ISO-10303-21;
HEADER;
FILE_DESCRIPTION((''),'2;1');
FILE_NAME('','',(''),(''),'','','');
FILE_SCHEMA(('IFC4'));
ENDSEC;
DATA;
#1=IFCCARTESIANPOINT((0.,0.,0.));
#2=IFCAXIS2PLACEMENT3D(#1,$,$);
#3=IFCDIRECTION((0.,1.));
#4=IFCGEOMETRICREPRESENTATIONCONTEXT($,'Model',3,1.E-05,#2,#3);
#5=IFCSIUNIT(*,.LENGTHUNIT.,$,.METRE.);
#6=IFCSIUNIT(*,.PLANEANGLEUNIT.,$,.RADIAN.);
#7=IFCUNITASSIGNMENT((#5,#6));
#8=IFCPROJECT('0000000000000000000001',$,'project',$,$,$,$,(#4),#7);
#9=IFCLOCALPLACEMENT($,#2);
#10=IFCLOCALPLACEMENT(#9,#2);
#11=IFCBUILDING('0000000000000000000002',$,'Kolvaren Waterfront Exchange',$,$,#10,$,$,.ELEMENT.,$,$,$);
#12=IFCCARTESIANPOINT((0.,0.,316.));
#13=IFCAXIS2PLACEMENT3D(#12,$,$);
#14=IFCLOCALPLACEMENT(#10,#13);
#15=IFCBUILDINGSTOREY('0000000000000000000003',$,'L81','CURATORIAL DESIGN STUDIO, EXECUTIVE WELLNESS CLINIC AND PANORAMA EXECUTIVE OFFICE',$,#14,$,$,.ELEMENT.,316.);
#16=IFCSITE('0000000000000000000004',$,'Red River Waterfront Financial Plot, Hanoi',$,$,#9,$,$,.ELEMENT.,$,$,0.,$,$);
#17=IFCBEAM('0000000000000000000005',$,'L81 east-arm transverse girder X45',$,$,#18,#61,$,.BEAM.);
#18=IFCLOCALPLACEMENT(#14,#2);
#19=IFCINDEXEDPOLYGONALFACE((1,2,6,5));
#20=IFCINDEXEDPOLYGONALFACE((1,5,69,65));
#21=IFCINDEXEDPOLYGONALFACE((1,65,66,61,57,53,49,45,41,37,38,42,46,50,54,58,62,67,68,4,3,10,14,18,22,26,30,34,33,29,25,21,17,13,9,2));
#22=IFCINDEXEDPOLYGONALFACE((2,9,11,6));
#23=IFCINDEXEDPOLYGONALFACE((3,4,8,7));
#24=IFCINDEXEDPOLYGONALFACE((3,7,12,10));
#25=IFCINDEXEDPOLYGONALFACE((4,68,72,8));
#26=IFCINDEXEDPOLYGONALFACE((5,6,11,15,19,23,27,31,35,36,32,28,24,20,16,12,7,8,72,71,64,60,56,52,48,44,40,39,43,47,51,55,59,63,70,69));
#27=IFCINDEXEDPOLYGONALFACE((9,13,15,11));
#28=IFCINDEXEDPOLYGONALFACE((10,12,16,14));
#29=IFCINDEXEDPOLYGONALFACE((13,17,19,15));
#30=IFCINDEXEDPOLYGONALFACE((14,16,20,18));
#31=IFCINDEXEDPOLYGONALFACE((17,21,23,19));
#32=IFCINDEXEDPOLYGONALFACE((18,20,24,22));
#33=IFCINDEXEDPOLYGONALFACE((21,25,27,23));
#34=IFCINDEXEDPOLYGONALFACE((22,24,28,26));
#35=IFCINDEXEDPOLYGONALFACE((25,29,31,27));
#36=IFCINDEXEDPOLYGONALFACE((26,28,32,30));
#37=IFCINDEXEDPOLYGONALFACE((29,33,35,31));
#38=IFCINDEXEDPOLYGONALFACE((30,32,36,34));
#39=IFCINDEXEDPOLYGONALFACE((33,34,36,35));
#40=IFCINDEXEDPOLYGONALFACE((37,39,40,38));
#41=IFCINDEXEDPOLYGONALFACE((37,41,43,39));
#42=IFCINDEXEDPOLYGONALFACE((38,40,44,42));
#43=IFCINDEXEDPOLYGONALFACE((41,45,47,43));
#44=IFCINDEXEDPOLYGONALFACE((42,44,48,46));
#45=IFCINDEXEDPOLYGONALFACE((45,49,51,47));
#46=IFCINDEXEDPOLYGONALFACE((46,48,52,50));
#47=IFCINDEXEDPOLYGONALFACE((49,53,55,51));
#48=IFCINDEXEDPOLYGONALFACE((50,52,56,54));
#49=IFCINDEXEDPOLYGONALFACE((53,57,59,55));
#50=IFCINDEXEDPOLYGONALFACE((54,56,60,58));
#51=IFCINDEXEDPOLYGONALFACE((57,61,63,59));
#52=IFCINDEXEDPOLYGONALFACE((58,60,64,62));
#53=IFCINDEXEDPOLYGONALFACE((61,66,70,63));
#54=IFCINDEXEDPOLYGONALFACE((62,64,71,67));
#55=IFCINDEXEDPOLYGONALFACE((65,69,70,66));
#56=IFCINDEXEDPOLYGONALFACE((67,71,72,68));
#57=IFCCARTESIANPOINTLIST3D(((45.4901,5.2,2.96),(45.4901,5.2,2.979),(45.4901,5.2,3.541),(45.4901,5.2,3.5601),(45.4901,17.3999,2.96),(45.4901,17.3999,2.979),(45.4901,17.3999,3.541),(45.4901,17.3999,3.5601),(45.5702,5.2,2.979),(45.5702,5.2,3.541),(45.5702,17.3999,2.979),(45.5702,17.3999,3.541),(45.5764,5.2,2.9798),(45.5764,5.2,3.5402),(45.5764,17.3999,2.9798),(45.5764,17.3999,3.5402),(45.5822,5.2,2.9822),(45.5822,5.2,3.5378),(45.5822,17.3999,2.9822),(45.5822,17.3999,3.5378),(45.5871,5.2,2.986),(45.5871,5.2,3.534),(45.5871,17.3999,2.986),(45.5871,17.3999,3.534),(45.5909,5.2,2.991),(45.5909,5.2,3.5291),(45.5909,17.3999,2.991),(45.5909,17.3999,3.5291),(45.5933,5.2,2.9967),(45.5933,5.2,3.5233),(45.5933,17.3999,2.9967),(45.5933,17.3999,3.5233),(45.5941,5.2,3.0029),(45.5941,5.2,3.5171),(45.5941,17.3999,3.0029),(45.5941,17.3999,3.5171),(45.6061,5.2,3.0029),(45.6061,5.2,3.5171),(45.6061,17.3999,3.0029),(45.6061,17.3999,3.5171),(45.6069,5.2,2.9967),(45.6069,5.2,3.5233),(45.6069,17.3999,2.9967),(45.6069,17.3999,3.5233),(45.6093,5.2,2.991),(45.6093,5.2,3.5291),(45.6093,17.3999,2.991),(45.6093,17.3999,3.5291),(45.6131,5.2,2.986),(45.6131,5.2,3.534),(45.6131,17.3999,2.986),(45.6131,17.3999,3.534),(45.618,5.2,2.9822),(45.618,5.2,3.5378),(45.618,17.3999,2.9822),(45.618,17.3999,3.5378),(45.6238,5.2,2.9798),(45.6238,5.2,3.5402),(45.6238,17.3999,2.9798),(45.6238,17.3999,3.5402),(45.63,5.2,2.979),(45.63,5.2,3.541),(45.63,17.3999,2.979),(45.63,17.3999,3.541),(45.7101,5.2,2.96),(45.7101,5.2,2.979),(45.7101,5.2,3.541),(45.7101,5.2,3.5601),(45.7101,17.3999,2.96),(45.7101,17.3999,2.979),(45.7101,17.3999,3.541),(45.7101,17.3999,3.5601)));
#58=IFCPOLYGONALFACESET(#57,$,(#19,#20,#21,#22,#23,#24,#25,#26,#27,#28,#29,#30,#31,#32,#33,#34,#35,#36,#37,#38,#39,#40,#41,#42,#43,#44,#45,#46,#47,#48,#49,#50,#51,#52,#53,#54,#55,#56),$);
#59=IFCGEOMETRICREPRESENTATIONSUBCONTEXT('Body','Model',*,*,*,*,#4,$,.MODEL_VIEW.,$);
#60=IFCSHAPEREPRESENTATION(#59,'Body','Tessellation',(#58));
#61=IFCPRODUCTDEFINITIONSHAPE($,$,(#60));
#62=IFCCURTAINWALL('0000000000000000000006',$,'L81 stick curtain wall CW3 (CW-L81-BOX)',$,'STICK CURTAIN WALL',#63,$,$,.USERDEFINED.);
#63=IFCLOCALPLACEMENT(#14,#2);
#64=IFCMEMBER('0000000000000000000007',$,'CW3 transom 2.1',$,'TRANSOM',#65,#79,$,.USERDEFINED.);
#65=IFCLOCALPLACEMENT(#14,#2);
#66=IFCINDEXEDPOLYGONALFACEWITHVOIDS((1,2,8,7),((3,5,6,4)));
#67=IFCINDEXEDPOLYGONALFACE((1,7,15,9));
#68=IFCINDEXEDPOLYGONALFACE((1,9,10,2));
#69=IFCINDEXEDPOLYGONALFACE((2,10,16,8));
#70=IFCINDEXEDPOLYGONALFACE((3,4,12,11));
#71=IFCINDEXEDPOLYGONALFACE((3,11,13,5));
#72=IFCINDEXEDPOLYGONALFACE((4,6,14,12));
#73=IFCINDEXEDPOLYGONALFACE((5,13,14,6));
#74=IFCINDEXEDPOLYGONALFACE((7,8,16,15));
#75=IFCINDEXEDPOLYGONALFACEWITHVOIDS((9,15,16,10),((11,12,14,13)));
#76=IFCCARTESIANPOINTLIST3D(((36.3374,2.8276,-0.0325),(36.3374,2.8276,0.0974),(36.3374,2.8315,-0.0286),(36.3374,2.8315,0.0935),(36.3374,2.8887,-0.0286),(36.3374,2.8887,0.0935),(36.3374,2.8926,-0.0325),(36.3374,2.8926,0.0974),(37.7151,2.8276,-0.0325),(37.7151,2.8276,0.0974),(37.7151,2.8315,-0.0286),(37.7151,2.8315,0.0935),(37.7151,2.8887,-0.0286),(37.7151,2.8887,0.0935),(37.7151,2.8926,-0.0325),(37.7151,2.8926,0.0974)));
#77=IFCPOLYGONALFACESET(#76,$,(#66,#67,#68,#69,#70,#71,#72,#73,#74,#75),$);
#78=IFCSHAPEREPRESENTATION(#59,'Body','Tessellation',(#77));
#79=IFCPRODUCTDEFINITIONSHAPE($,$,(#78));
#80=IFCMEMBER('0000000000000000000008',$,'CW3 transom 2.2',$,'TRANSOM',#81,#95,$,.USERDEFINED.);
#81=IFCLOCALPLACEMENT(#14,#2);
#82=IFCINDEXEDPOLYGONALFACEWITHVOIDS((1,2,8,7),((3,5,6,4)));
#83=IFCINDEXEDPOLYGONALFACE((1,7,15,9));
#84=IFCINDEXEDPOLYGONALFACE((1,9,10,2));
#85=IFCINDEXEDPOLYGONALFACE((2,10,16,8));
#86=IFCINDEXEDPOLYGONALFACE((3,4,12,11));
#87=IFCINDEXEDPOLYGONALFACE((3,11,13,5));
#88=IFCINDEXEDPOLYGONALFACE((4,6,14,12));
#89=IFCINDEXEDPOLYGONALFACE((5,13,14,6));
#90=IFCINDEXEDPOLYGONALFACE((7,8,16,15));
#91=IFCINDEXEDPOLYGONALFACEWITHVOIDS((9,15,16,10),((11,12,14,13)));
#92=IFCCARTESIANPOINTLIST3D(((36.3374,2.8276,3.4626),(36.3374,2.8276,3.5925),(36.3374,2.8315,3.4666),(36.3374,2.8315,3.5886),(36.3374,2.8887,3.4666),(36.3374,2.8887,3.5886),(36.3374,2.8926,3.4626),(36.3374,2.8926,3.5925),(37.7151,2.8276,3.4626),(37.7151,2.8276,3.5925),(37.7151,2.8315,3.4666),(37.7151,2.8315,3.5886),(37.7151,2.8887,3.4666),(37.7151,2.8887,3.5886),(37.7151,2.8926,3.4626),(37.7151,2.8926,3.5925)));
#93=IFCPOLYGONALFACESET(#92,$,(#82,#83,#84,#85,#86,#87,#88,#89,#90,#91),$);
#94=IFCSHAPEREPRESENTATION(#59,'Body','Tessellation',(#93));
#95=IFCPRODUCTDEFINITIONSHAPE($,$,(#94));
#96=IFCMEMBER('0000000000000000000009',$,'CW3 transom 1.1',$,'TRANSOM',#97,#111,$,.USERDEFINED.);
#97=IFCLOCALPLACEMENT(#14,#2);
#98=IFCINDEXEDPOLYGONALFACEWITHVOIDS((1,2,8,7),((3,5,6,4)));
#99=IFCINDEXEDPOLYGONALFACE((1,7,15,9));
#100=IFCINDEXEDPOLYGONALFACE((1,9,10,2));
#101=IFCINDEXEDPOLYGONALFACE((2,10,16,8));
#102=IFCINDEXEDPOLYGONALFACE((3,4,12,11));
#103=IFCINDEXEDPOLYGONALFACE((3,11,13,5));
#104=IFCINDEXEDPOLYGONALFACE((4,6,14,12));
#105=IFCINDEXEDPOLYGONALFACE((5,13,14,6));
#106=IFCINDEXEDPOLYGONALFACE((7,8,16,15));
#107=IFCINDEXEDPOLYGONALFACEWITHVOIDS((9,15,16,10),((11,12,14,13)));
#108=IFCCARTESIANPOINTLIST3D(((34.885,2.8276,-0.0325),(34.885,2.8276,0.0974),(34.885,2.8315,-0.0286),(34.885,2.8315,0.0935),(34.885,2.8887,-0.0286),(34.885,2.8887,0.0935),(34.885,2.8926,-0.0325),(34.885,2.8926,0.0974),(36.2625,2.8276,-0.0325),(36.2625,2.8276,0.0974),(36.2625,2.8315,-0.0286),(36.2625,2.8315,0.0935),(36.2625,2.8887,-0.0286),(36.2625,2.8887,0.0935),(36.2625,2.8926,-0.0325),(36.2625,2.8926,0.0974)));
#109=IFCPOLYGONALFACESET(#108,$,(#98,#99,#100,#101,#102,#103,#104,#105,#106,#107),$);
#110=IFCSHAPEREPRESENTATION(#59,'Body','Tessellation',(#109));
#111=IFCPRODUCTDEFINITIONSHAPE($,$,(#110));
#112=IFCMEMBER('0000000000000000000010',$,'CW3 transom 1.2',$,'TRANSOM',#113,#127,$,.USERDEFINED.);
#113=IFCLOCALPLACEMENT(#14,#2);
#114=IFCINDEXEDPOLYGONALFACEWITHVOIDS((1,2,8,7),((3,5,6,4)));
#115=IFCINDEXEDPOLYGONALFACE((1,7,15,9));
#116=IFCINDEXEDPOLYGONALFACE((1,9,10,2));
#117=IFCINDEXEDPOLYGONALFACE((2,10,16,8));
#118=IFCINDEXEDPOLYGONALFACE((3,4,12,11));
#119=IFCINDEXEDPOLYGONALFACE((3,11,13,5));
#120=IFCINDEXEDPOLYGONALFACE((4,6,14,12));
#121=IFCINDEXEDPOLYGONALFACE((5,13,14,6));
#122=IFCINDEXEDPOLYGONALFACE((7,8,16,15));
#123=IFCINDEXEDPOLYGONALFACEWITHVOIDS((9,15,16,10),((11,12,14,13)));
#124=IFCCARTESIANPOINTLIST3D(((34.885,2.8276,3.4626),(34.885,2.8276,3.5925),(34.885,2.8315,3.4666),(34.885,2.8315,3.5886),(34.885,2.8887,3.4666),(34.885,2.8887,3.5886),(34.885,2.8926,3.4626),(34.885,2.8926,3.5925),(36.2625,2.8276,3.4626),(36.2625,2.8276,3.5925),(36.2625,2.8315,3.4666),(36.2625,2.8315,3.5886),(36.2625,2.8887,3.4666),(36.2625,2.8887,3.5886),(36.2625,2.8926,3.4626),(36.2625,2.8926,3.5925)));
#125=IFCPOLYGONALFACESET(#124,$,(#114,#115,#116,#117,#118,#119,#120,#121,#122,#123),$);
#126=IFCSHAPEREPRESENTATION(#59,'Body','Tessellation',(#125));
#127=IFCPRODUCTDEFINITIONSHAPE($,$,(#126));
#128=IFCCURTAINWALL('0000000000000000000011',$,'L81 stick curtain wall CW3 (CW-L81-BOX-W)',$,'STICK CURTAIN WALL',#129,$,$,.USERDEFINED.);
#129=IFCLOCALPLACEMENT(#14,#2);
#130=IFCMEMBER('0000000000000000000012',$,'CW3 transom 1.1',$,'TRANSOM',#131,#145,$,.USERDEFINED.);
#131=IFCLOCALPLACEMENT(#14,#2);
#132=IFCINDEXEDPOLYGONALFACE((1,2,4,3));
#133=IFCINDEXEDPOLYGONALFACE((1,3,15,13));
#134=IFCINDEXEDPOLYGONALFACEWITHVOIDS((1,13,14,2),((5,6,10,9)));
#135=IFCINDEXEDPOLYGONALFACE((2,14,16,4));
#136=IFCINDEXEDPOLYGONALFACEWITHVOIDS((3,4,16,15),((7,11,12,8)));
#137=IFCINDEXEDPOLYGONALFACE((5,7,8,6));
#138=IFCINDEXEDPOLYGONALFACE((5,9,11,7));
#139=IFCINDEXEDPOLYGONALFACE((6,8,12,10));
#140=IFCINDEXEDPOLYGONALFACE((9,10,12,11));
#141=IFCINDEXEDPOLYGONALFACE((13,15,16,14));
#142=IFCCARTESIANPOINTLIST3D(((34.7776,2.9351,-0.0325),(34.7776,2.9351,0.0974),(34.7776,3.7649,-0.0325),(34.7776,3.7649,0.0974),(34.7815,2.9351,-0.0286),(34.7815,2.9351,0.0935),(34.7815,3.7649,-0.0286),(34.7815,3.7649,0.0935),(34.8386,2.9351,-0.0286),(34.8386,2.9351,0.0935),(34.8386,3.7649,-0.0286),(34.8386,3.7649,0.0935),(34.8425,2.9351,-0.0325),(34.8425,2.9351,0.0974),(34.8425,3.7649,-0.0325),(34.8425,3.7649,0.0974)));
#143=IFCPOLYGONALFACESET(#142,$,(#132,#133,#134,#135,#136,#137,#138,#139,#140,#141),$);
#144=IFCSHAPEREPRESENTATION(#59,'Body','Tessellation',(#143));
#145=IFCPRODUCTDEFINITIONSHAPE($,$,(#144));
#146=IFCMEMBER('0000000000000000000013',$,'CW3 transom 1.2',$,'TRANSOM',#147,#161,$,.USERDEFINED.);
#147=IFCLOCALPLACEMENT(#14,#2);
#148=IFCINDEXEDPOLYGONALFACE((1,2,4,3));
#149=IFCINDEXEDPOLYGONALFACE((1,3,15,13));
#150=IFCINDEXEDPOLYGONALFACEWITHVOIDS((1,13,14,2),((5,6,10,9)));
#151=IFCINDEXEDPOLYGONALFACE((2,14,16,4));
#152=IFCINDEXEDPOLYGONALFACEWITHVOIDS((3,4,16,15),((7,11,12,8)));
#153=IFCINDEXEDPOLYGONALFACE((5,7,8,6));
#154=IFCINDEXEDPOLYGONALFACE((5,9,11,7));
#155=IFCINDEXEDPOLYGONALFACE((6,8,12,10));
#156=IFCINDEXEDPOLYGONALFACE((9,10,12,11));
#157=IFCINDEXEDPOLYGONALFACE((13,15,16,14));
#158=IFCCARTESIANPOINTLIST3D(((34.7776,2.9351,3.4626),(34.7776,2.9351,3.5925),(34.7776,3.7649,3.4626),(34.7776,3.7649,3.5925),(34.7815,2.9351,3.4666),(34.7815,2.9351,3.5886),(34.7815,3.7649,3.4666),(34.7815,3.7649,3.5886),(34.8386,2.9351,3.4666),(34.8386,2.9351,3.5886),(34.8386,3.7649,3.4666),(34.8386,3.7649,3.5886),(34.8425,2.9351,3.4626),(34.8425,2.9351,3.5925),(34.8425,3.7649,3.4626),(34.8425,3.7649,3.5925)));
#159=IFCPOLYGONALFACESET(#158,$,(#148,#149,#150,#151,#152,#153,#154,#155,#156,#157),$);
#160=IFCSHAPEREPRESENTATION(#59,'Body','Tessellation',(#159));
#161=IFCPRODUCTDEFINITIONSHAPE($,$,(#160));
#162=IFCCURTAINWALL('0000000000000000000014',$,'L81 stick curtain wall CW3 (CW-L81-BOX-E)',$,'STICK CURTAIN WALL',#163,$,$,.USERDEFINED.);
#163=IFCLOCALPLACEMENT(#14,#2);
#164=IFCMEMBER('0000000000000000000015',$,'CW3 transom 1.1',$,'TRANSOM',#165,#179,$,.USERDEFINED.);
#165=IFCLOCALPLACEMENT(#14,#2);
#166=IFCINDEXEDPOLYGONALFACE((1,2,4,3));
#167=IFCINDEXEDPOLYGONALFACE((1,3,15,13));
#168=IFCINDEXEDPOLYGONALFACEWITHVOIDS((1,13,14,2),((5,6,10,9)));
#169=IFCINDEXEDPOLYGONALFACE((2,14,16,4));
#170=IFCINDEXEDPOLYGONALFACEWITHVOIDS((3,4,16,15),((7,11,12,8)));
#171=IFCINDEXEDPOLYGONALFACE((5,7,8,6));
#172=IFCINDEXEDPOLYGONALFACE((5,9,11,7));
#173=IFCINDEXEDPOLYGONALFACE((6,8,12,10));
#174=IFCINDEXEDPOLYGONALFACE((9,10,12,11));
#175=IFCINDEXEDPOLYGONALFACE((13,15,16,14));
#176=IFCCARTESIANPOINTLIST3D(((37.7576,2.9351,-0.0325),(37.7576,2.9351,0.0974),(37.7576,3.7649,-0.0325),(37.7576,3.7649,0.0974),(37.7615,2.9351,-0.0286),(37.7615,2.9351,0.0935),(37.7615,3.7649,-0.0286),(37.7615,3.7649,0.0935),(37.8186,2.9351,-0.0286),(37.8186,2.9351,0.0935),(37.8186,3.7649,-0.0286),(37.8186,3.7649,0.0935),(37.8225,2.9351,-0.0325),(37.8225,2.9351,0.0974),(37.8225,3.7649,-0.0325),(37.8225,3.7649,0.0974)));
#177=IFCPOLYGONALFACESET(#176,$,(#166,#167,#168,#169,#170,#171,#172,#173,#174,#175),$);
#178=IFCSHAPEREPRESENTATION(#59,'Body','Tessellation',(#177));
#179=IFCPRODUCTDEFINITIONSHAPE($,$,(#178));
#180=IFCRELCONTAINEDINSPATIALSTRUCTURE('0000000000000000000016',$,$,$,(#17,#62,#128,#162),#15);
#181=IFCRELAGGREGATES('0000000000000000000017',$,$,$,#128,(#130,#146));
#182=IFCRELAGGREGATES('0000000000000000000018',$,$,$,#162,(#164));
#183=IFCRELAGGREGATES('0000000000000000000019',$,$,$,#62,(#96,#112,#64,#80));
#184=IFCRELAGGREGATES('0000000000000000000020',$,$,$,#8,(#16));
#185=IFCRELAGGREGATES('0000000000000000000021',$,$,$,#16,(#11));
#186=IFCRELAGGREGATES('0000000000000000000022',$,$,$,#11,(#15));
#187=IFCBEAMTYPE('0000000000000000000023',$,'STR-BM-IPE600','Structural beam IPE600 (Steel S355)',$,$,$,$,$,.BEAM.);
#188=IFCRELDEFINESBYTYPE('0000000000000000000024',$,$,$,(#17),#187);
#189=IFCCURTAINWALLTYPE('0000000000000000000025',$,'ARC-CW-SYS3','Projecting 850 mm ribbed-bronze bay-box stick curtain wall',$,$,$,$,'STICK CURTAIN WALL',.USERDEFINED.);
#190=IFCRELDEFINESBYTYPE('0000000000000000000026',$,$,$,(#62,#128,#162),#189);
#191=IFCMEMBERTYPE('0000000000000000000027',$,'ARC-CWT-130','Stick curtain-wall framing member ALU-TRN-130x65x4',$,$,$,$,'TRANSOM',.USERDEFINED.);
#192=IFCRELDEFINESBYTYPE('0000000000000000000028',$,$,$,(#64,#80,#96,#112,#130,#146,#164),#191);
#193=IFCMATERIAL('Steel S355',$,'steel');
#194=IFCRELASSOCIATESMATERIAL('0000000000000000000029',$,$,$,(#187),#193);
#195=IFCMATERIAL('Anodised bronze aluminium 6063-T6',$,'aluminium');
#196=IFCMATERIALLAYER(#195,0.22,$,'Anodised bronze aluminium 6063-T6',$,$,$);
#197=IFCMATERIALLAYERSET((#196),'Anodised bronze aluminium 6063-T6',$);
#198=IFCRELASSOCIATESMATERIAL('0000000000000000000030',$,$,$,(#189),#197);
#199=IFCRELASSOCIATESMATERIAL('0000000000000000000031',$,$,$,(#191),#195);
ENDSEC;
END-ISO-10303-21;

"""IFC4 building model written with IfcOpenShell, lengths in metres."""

from ifc_helpers import new_model, si_unit, direction, frame, origin, origin_with_axes, origin_2d, place, context, subcontext, project, spatial, hollow_rectangle, i_section, extrude, source, transform, mapped, material, layer, layer_set, material_profile, profile_set, type_object, element, aggregate, save


model = new_model("IFC4")

# Units and contexts
model_context = context("Model", 3, precision=1e-05, world=origin(), true_north=direction((0.0, 1.0)))
body_context = subcontext(model_context, "Body", "Model", "MODEL_VIEW")
ifc_project = project(units=[si_unit("LENGTHUNIT", "METRE"), si_unit("PLANEANGLEUNIT", "RADIAN")], contexts=[model_context])

# Site, building, storey
site_placement = place(None, origin())
site = spatial("IfcSite", under=ifc_project, at=site_placement, Name="Red River Waterfront Financial Plot, Hanoi", CompositionType="ELEMENT", RefElevation=0.0)
building_placement = place(site_placement, origin())
building = spatial("IfcBuilding", under=site, at=building_placement, Name="Kolvaren Waterfront Exchange", CompositionType="ELEMENT")
storey_placement = place(building_placement, frame((0.0, 0.0, 316.0)))
storey = spatial("IfcBuildingStorey", under=building, at=storey_placement, Name="L81", Description="CURATORIAL DESIGN STUDIO, EXECUTIVE WELLNESS CLINIC AND PANORAMA EXECUTIVE OFFICE", CompositionType="ELEMENT", Elevation=316.0)

# Beam
ifc_material_1 = material(Name="Steel S355", Category="steel")
ifc_material_profile_1 = material_profile(ifc_material_1, i_section(OverallWidth=0.22, OverallDepth=0.6001, WebThickness=0.012, FlangeThickness=0.019, FilletRadius=0.0239, at=origin_2d()), Name="IPE600")
ifc_profile_set_1 = profile_set([ifc_material_profile_1], Name="Steel S355")
beam_type_1 = type_object("IfcBeamType", Name="STR-BM-IPE600", Description="Structural beam IPE600 (Steel S355)", PredefinedType="BEAM", material=ifc_profile_set_1)
for number, where, z_axis, x_axis, name in (
    (1, (45.6001, 5.2, 3.26), (0.0, 1.0, 0.0), (-1.0, 0.0, 0.0), "L81 east-arm transverse girder X45"),
):
    element("IfcBeam", number, at=place(storey_placement, frame(where, z_axis=z_axis, x_axis=x_axis)), inside=storey, type_object=beam_type_1, Name=name, PredefinedType="BEAM", context=body_context, shape_type="SweptSolid", body=[
        extrude(i_section(OverallWidth=0.22, OverallDepth=0.6001, WebThickness=0.012, FlangeThickness=0.019, FilletRadius=0.0239, at=origin_2d()), origin(), (0.0, 0.0, 1.0), 12.2),
    ])

# Curtain walls, members
ifc_material_2 = material(Name="Anodised bronze aluminium 6063-T6", Category="aluminium")
ifc_layer_1 = layer(ifc_material_2, 0.22, Name="Anodised bronze aluminium 6063-T6")
ifc_layer_set_1 = layer_set([ifc_layer_1], Name="Anodised bronze aluminium 6063-T6")
curtain_wall_type_1 = type_object("IfcCurtainWallType", Name="ARC-CW-SYS3", Description="Projecting 850 mm ribbed-bronze bay-box stick curtain wall", ElementType="STICK CURTAIN WALL", PredefinedType="USERDEFINED", material=ifc_layer_set_1)
curtain_wall_1_placement = place(storey_placement, origin())
curtain_wall_1 = element("IfcCurtainWall", 2, at=curtain_wall_1_placement, inside=storey, type_object=curtain_wall_type_1, Name="L81 stick curtain wall CW3 (CW-L81-BOX)", ObjectType="STICK CURTAIN WALL", PredefinedType="USERDEFINED")
ifc_material_profile_2 = material_profile(ifc_material_2, hollow_rectangle(XDim=0.0649, YDim=0.1299, WallThickness=0.0039, at=origin_2d()), Name="ALU-TRN-130x65x4")
ifc_profile_set_2 = profile_set([ifc_material_profile_2], Name="Anodised bronze aluminium 6063-T6")
member_type_1 = type_object("IfcMemberType", Name="ARC-CWT-130", Description="Stick curtain-wall framing member ALU-TRN-130x65x4", ElementType="TRANSOM", PredefinedType="USERDEFINED", material=ifc_profile_set_2)
shared_shape_1 = source(origin_with_axes(), body_context, "Body", "SweptSolid", [
    extrude(hollow_rectangle(XDim=0.0649, YDim=0.1299, WallThickness=0.0039, at=origin_2d()), origin(), (0.0, 0.0, 1.0), 1.3777),
])
member_1_placement = place(storey_placement, frame((36.3374, 2.8601, 0.0325), z_axis=(1.0, 0.0, 0.0), x_axis=(0.0, 1.0, 0.0)))
member_1 = element("IfcMember", 3, at=member_1_placement, type_object=member_type_1, Name="CW3 transom 2.1", ObjectType="TRANSOM", PredefinedType="USERDEFINED", context=body_context, shape_type="MappedRepresentation", body=[
    mapped(shared_shape_1, transform((0.0, 0.0, 0.0), x_axis=(1.0, 0.0, 0.0), y_axis=(0.0, 1.0, 0.0), z_axis=(0.0, 0.0, 1.0), scale=1.0)),
])
member_2_placement = place(storey_placement, frame((36.3374, 2.8601, 3.5276), z_axis=(1.0, 0.0, 0.0), x_axis=(0.0, 1.0, 0.0)))
member_2 = element("IfcMember", 4, at=member_2_placement, type_object=member_type_1, Name="CW3 transom 2.2", ObjectType="TRANSOM", PredefinedType="USERDEFINED", context=body_context, shape_type="MappedRepresentation", body=[
    mapped(shared_shape_1, transform((0.0, 0.0, 0.0), x_axis=(1.0, 0.0, 0.0), y_axis=(0.0, 1.0, 0.0), z_axis=(0.0, 0.0, 1.0), scale=1.0)),
])
shared_shape_2 = source(origin_with_axes(), body_context, "Body", "SweptSolid", [
    extrude(hollow_rectangle(XDim=0.0649, YDim=0.1299, WallThickness=0.0039, at=origin_2d()), origin(), (0.0, 0.0, 1.0), 1.3774),
])
member_3_placement = place(storey_placement, frame((34.885, 2.8601, 0.0325), z_axis=(1.0, 0.0, 0.0), x_axis=(0.0, 1.0, 0.0)))
member_3 = element("IfcMember", 5, at=member_3_placement, type_object=member_type_1, Name="CW3 transom 1.1", ObjectType="TRANSOM", PredefinedType="USERDEFINED", context=body_context, shape_type="MappedRepresentation", body=[
    mapped(shared_shape_2, transform((0.0, 0.0, 0.0), x_axis=(1.0, 0.0, 0.0), y_axis=(0.0, 1.0, 0.0), z_axis=(0.0, 0.0, 1.0), scale=1.0)),
])
member_4_placement = place(storey_placement, frame((34.885, 2.8601, 3.5276), z_axis=(1.0, 0.0, 0.0), x_axis=(0.0, 1.0, 0.0)))
member_4 = element("IfcMember", 6, at=member_4_placement, type_object=member_type_1, Name="CW3 transom 1.2", ObjectType="TRANSOM", PredefinedType="USERDEFINED", context=body_context, shape_type="MappedRepresentation", body=[
    mapped(shared_shape_2, transform((0.0, 0.0, 0.0), x_axis=(1.0, 0.0, 0.0), y_axis=(0.0, 1.0, 0.0), z_axis=(0.0, 0.0, 1.0), scale=1.0)),
])
curtain_wall_2_placement = place(storey_placement, origin())
curtain_wall_2 = element("IfcCurtainWall", 7, at=curtain_wall_2_placement, inside=storey, type_object=curtain_wall_type_1, Name="L81 stick curtain wall CW3 (CW-L81-BOX-W)", ObjectType="STICK CURTAIN WALL", PredefinedType="USERDEFINED")
shared_shape_3 = source(origin_with_axes(), body_context, "Body", "SweptSolid", [
    extrude(hollow_rectangle(XDim=0.0649, YDim=0.1299, WallThickness=0.0039, at=origin_2d()), origin(), (0.0, 0.0, 1.0), 0.8298),
])
member_5_placement = place(storey_placement, frame((34.8101, 3.7649, 0.0325), z_axis=(0.0, -1.0, 0.0), x_axis=(1.0, 0.0, 0.0)))
member_5 = element("IfcMember", 8, at=member_5_placement, type_object=member_type_1, Name="CW3 transom 1.1", ObjectType="TRANSOM", PredefinedType="USERDEFINED", context=body_context, shape_type="MappedRepresentation", body=[
    mapped(shared_shape_3, transform((0.0, 0.0, 0.0), x_axis=(1.0, 0.0, 0.0), y_axis=(0.0, 1.0, 0.0), z_axis=(0.0, 0.0, 1.0), scale=1.0)),
])
member_6_placement = place(storey_placement, frame((34.8101, 3.7649, 3.5276), z_axis=(0.0, -1.0, 0.0), x_axis=(1.0, 0.0, 0.0)))
member_6 = element("IfcMember", 9, at=member_6_placement, type_object=member_type_1, Name="CW3 transom 1.2", ObjectType="TRANSOM", PredefinedType="USERDEFINED", context=body_context, shape_type="MappedRepresentation", body=[
    mapped(shared_shape_3, transform((0.0, 0.0, 0.0), x_axis=(1.0, 0.0, 0.0), y_axis=(0.0, 1.0, 0.0), z_axis=(0.0, 0.0, 1.0), scale=1.0)),
])
curtain_wall_3_placement = place(storey_placement, origin())
curtain_wall_3 = element("IfcCurtainWall", 10, at=curtain_wall_3_placement, inside=storey, type_object=curtain_wall_type_1, Name="L81 stick curtain wall CW3 (CW-L81-BOX-E)", ObjectType="STICK CURTAIN WALL", PredefinedType="USERDEFINED")
member_7_placement = place(storey_placement, frame((37.79, 2.9351, 0.0325), z_axis=(0.0, 1.0, 0.0), x_axis=(-1.0, 0.0, 0.0)))
member_7 = element("IfcMember", 11, at=member_7_placement, type_object=member_type_1, Name="CW3 transom 1.1", ObjectType="TRANSOM", PredefinedType="USERDEFINED", context=body_context, shape_type="MappedRepresentation", body=[
    mapped(shared_shape_3, transform((0.0, 0.0, 0.0), x_axis=(1.0, 0.0, 0.0), y_axis=(0.0, 1.0, 0.0), z_axis=(0.0, 0.0, 1.0), scale=1.0)),
])

aggregate(curtain_wall_2, [member_5, member_6])
aggregate(curtain_wall_3, [member_7])
aggregate(curtain_wall_1, [member_3, member_4, member_1, member_2])

save(model, "model.ifc")
